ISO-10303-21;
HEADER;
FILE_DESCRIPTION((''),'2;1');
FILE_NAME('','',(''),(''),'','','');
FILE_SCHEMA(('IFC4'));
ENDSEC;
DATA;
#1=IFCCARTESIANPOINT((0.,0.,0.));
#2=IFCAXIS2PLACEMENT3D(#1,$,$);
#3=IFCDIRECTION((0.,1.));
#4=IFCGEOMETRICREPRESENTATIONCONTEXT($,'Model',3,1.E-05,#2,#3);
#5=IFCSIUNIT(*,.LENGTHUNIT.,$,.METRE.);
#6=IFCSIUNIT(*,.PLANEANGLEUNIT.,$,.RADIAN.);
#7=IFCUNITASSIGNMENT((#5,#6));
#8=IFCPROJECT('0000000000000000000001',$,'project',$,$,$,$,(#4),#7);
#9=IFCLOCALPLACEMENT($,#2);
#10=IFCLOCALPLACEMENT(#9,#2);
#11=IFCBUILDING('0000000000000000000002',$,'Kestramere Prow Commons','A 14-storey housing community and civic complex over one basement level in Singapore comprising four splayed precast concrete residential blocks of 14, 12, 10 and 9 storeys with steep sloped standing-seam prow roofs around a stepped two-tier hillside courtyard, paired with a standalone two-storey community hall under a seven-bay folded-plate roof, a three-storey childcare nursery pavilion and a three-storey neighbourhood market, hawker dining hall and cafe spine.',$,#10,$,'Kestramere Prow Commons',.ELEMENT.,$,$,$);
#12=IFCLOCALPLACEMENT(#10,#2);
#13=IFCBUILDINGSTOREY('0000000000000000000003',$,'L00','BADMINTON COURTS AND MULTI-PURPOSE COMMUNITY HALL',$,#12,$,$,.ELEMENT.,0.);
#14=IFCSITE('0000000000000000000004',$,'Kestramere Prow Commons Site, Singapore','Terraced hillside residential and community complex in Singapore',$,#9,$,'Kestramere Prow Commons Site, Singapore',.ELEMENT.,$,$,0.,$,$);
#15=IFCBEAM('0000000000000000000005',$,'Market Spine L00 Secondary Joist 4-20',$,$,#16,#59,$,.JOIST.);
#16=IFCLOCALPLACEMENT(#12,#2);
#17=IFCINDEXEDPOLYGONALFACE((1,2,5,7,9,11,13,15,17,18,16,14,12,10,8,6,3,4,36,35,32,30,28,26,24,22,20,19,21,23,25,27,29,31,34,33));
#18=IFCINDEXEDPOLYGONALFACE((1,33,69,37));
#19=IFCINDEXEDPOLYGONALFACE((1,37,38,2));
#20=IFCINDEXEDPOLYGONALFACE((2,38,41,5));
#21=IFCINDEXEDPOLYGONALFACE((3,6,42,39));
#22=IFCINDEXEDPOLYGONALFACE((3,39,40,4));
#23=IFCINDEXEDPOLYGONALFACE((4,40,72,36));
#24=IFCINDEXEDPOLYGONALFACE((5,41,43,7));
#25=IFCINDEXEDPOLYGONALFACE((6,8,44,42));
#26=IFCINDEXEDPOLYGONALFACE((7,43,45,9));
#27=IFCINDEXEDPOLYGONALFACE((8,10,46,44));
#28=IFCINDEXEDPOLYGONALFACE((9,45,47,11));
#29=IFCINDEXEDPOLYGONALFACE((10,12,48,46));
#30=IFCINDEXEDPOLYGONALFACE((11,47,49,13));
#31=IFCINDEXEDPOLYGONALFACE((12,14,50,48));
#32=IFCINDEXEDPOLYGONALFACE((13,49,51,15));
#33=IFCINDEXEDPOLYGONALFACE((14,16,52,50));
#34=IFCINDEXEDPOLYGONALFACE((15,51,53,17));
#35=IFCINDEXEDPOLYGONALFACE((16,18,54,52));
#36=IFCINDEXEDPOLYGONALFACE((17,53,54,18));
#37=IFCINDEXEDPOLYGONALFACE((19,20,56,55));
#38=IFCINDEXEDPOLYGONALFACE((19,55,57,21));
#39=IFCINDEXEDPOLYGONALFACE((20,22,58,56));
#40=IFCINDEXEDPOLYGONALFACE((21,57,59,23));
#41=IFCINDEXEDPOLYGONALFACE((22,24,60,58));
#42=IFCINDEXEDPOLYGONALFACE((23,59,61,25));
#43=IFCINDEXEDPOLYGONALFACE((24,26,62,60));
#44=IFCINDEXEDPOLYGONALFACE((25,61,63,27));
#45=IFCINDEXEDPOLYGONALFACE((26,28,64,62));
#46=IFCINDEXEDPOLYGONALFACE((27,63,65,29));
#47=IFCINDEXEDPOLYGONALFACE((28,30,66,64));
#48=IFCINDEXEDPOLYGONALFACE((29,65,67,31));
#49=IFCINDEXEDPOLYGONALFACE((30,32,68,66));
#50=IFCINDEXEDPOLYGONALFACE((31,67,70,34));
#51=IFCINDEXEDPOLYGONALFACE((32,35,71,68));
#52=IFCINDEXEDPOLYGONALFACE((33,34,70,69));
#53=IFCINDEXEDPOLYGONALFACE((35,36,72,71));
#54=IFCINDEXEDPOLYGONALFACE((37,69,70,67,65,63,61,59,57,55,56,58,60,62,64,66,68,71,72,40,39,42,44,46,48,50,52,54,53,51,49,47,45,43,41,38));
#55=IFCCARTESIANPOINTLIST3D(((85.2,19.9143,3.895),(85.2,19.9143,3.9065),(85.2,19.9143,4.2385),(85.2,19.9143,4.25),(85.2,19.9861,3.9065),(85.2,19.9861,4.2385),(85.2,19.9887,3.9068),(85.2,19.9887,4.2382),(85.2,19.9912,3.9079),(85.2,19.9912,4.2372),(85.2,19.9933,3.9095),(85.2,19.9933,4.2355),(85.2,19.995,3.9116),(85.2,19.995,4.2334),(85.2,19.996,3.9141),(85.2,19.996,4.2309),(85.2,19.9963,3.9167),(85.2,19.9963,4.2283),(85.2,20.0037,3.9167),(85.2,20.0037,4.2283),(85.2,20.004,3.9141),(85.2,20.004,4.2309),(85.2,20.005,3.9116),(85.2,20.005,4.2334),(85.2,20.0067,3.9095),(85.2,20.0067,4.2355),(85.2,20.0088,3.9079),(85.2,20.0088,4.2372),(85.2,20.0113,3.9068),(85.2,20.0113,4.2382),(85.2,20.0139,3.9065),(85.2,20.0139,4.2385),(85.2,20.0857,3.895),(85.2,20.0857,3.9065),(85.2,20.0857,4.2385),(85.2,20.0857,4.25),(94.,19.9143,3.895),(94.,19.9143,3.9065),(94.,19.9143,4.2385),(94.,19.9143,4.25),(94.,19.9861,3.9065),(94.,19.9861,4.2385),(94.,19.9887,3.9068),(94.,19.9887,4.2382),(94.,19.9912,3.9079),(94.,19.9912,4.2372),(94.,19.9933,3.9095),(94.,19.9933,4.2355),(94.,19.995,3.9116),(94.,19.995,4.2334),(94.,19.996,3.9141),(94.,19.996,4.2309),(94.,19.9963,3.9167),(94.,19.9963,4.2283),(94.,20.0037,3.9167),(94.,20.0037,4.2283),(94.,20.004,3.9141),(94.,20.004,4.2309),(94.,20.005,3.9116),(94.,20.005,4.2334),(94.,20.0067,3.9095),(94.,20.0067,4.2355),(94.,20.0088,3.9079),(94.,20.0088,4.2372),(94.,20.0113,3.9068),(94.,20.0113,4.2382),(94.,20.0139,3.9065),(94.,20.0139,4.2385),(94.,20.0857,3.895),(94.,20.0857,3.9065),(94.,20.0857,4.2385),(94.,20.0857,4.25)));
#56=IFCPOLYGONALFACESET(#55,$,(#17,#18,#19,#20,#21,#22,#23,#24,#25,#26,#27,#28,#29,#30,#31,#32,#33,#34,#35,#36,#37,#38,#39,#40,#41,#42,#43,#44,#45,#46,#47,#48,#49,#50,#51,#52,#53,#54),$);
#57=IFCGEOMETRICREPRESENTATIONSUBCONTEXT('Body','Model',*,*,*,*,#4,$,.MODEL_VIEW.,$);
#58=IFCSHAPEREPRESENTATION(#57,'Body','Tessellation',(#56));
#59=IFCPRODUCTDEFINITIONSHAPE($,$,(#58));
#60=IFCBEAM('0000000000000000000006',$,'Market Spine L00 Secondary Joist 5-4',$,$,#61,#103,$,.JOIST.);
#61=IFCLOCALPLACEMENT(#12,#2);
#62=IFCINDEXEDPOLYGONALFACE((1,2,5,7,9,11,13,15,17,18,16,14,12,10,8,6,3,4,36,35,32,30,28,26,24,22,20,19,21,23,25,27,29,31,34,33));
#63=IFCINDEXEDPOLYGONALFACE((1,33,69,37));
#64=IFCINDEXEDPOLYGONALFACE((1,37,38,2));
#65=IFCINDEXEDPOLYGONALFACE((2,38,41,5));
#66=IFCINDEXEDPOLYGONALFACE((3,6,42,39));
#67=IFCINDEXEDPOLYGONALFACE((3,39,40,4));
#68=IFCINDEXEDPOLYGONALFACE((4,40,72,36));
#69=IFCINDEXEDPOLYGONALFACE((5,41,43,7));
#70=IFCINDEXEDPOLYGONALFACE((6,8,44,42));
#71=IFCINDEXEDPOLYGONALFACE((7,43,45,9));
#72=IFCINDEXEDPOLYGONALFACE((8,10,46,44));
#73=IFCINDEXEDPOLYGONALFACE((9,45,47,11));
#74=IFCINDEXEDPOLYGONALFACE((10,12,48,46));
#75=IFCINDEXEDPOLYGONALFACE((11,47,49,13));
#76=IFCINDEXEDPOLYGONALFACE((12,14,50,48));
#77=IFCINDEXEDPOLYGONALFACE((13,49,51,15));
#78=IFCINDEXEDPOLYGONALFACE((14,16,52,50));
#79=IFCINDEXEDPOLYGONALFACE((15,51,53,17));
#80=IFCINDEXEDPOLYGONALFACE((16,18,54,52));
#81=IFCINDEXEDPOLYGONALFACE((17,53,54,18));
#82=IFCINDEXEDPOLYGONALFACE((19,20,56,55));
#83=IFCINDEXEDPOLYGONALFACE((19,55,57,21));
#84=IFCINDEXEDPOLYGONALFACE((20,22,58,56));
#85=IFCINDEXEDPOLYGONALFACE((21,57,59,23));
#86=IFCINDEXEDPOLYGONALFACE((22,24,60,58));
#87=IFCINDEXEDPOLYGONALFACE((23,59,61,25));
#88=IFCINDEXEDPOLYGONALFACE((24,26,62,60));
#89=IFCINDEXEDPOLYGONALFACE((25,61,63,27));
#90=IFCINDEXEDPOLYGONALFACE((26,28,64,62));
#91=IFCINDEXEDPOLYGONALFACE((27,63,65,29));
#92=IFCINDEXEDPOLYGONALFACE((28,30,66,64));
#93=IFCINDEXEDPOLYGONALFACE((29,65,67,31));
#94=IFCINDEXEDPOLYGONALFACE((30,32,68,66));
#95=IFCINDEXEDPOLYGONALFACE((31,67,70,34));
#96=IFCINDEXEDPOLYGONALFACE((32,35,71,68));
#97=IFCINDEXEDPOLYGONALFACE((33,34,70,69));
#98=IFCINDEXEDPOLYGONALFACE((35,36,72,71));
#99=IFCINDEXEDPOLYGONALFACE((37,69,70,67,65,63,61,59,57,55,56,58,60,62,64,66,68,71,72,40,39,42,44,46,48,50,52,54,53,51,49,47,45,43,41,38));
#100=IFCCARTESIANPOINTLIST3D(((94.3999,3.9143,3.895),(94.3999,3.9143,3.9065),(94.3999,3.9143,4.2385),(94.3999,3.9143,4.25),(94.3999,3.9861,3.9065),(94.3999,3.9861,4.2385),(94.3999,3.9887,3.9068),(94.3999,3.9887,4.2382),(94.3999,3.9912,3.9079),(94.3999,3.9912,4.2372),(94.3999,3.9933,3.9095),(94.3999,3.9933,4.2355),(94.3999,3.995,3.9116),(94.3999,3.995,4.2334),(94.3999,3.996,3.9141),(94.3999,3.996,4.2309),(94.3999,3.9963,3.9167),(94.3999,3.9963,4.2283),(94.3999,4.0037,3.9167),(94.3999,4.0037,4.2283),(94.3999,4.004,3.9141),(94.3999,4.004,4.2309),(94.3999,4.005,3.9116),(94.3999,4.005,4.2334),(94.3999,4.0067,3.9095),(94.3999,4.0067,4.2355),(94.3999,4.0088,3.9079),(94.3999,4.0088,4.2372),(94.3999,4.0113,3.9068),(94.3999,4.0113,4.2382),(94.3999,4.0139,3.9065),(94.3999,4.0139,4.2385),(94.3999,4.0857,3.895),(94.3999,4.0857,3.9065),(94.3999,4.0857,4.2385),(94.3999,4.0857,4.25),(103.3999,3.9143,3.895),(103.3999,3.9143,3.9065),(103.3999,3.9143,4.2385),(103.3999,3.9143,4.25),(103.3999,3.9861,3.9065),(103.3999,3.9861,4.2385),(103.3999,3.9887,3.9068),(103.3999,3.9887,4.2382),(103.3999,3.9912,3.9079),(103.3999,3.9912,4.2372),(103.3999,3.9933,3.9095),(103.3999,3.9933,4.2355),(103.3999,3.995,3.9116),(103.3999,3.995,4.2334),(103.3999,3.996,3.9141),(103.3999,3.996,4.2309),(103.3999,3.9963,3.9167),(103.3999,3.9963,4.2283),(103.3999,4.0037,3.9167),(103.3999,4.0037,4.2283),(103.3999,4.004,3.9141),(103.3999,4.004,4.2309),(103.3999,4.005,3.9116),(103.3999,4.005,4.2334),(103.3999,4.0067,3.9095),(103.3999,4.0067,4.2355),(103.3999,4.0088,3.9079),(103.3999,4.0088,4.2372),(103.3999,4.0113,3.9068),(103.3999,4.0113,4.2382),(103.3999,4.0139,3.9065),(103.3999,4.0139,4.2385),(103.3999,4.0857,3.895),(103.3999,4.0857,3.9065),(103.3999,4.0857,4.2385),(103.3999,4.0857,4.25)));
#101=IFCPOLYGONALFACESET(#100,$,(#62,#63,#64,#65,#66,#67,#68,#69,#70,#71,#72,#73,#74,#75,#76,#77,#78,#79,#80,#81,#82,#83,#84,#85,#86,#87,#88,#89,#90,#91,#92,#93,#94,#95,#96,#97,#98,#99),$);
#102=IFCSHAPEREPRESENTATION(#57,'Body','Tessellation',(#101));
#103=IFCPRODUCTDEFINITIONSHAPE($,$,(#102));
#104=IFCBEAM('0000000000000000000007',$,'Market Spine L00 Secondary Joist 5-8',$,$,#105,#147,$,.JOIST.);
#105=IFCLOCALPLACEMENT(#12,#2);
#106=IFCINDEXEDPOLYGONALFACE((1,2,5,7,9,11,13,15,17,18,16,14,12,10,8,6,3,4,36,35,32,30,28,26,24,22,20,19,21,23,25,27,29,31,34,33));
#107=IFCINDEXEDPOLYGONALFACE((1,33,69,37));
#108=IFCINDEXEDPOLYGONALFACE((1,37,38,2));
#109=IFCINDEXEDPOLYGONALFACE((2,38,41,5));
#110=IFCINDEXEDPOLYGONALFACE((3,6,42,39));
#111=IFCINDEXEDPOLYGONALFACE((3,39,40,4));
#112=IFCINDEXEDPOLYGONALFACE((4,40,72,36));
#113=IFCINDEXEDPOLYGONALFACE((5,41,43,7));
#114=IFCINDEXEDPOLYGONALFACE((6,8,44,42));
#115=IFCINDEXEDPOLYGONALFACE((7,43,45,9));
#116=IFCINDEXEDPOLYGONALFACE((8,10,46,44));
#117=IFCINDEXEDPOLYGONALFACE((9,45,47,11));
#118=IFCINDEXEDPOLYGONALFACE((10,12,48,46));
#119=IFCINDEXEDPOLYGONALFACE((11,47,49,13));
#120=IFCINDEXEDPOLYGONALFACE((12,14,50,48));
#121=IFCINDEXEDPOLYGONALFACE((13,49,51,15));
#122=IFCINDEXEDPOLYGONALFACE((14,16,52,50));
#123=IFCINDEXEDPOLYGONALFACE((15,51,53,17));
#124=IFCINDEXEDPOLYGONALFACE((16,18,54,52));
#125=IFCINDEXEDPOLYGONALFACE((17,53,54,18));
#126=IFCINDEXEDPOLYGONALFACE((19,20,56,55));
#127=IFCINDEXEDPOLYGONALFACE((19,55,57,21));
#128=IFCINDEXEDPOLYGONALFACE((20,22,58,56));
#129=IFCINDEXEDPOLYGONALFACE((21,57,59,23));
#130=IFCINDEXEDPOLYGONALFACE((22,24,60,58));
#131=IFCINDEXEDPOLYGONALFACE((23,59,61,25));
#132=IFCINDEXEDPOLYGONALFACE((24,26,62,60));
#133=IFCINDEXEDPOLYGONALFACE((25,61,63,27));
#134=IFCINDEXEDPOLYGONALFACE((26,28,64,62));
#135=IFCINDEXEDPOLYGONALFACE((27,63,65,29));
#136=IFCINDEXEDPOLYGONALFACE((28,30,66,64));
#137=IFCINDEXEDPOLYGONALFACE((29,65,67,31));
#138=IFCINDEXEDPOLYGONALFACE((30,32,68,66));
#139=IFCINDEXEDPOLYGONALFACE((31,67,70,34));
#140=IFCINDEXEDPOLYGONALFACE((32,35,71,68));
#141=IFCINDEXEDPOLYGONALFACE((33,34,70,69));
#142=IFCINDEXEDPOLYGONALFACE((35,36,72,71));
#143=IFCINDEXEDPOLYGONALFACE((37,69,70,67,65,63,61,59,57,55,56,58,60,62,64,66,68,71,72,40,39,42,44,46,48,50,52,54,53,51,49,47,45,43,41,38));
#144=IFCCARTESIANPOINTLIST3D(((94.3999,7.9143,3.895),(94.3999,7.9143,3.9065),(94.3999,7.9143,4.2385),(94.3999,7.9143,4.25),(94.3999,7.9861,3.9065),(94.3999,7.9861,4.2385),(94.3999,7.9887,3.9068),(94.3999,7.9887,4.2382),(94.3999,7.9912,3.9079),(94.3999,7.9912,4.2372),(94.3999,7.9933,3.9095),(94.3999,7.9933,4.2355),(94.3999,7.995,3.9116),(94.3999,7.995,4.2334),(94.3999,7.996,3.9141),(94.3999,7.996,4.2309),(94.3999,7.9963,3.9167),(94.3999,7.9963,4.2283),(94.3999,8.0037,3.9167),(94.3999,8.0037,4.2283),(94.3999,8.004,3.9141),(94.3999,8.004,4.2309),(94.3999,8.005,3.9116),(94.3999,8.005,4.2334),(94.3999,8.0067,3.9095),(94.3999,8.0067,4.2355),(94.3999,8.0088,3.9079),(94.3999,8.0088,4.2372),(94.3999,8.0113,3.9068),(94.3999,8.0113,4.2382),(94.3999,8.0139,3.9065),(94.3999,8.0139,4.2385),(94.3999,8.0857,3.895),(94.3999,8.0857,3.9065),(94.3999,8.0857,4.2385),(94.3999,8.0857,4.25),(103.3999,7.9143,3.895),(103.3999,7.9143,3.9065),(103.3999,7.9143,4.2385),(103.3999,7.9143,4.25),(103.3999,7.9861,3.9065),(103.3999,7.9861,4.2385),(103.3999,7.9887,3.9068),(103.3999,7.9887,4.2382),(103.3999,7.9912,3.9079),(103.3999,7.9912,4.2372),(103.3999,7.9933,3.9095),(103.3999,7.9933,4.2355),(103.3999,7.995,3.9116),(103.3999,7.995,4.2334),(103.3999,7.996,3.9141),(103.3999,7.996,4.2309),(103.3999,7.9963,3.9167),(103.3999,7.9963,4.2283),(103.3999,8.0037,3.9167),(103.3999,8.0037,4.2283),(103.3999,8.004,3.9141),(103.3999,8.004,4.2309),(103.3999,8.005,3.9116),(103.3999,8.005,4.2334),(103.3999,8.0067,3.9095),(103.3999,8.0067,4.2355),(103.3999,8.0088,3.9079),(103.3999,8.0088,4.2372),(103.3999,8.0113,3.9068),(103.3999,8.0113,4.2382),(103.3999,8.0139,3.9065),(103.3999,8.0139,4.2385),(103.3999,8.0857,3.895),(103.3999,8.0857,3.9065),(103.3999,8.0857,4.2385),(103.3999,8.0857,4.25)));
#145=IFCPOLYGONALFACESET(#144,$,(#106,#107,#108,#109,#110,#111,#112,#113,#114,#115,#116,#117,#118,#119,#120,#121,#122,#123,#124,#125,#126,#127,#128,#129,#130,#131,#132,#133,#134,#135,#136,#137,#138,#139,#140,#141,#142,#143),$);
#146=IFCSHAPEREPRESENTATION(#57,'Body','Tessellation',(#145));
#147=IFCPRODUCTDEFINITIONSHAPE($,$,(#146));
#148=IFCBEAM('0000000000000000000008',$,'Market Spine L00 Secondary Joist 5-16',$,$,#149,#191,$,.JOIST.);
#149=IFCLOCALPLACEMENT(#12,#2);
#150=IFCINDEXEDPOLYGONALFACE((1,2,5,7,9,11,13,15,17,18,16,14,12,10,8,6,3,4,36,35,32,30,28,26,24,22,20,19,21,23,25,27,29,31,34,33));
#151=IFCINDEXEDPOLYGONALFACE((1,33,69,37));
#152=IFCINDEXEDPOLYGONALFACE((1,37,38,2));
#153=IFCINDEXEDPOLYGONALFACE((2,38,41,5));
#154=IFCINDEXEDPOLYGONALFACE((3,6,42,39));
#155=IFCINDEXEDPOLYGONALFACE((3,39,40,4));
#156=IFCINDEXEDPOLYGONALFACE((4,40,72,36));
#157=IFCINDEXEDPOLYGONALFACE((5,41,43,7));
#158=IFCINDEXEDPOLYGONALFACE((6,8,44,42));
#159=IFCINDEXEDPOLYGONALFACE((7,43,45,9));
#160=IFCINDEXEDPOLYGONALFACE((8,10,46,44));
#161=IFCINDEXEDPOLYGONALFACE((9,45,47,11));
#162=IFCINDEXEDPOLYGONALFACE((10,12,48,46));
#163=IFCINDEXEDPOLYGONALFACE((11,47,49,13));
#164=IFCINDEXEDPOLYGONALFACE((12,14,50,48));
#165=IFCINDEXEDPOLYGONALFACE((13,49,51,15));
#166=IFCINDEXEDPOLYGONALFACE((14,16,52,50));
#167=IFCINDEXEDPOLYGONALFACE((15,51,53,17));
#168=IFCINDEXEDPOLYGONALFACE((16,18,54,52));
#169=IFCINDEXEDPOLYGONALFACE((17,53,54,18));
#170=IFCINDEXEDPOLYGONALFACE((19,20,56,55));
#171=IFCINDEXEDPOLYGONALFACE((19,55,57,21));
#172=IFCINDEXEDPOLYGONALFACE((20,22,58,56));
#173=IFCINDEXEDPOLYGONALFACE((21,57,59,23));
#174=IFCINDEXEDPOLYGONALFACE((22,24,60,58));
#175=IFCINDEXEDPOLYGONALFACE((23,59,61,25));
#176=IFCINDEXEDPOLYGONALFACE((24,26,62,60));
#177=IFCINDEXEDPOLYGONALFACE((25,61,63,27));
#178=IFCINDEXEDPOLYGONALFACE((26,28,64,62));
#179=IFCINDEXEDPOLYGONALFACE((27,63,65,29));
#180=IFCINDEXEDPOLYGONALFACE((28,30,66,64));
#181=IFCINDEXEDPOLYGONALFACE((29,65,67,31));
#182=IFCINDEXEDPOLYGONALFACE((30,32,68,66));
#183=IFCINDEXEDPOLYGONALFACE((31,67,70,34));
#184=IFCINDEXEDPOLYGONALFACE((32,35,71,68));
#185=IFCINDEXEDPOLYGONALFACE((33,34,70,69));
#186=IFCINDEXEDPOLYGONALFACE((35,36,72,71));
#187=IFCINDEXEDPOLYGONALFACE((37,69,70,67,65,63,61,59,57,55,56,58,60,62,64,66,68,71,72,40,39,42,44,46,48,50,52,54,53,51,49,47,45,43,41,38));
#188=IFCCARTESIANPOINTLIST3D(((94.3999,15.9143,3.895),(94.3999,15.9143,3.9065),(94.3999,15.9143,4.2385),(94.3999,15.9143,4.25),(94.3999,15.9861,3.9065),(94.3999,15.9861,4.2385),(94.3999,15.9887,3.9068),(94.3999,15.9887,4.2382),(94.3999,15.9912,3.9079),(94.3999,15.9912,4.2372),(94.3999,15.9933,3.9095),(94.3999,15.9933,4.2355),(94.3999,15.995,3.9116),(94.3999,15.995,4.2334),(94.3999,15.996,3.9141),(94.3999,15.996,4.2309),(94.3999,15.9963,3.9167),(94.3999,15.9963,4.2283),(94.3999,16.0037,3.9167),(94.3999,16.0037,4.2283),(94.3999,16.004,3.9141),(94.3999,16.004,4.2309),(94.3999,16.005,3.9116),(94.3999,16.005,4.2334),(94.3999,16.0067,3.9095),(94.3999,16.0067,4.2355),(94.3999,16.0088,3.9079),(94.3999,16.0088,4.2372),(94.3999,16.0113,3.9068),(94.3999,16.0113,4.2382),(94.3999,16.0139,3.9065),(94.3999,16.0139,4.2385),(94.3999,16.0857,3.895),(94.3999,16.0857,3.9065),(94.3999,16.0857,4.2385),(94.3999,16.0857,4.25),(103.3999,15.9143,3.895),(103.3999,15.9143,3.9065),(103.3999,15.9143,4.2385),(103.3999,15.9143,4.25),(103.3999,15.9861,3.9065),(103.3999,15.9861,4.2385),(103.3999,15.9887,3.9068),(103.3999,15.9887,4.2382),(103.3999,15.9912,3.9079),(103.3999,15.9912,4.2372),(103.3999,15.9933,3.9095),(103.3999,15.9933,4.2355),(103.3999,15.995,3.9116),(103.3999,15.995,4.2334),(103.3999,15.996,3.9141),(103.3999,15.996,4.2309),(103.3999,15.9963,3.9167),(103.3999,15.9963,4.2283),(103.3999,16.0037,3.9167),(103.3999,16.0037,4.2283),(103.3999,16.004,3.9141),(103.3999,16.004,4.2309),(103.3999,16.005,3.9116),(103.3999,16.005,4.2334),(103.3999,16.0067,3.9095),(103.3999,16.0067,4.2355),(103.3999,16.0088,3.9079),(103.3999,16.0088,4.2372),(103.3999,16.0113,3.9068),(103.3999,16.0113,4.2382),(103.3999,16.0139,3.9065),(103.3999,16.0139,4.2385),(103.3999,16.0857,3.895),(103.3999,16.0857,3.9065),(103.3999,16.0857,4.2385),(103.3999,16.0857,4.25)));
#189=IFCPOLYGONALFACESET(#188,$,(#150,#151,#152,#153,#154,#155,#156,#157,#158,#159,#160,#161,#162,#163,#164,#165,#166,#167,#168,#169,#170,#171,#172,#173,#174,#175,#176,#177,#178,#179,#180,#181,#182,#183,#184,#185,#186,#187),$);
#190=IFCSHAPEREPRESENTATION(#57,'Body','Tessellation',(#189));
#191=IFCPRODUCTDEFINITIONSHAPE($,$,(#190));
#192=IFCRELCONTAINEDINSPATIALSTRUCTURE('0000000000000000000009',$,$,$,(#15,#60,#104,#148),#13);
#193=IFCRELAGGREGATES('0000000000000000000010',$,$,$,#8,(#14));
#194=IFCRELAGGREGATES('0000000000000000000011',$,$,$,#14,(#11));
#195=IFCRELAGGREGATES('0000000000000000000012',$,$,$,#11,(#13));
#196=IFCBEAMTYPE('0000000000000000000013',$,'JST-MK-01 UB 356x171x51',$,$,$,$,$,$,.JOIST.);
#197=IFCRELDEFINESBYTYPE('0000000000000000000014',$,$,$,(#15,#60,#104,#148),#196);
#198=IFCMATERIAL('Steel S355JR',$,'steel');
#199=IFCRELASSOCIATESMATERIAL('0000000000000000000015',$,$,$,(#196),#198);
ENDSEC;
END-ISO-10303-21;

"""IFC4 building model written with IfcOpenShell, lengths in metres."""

from ifc_helpers import new_model, si_unit, direction, frame, origin, origin_2d, place, context, subcontext, project, spatial, i_section, extrude, material, material_profile, profile_set, type_object, element, save


model = new_model("IFC4")

# Units and contexts
model_context = context("Model", 3, precision=1e-05, world=origin(), true_north=direction((0.0, 1.0)))
body_context = subcontext(model_context, "Body", "Model", "MODEL_VIEW")
ifc_project = project(units=[si_unit("LENGTHUNIT", "METRE"), si_unit("PLANEANGLEUNIT", "RADIAN")], contexts=[model_context])

# Site, building, storey
site_placement = place(None, origin())
site = spatial("IfcSite", under=ifc_project, at=site_placement, Name="Kestramere Prow Commons Site, Singapore", Description="Terraced hillside residential and community complex in Singapore", LongName="Kestramere Prow Commons Site, Singapore", CompositionType="ELEMENT", RefElevation=0.0)
building_placement = place(site_placement, origin())
building = spatial("IfcBuilding", under=site, at=building_placement, Name="Kestramere Prow Commons", Description="A 14-storey housing community and civic complex over one basement level in Singapore comprising four splayed precast concrete residential blocks of 14, 12, 10 and 9 storeys with steep sloped standing-seam prow roofs around a stepped two-tier hillside courtyard, paired with a standalone two-storey community hall under a seven-bay folded-plate roof, a three-storey childcare nursery pavilion and a three-storey neighbourhood market, hawker dining hall and cafe spine.", LongName="Kestramere Prow Commons", CompositionType="ELEMENT")
storey_placement = place(building_placement, origin())
storey = spatial("IfcBuildingStorey", under=building, at=storey_placement, Name="L00", Description="BADMINTON COURTS AND MULTI-PURPOSE COMMUNITY HALL", CompositionType="ELEMENT", Elevation=0.0)

# Beams
ifc_material_1 = material(Name="Steel S355JR", Category="steel")
ifc_material_profile_1 = material_profile(ifc_material_1, i_section(OverallWidth=0.1714, OverallDepth=0.355, WebThickness=0.0073, FlangeThickness=0.0115, FilletRadius=0.0103, at=origin_2d()), Name="UB 356x171x51")
ifc_profile_set_1 = profile_set([ifc_material_profile_1], Name="Steel S355JR")
beam_type_1 = type_object("IfcBeamType", Name="JST-MK-01 UB 356x171x51", PredefinedType="JOIST", material=ifc_profile_set_1)
for number, where, z_axis, x_axis, name in (
    (1, (85.2, 20.0, 4.0725), (1.0, 0.0, 0.0), (0.0, 1.0, 0.0), "Market Spine L00 Secondary Joist 4-20"),
):
    element("IfcBeam", number, at=place(storey_placement, frame(where, z_axis=z_axis, x_axis=x_axis)), inside=storey, type_object=beam_type_1, Name=name, PredefinedType="JOIST", context=body_context, shape_type="SweptSolid", body=[
        extrude(i_section(OverallWidth=0.1714, OverallDepth=0.355, WebThickness=0.0073, FlangeThickness=0.0115, FilletRadius=0.0103, at=origin_2d()), origin(), (0.0, 0.0, 1.0), 8.8),
    ])
for number, where, z_axis, x_axis, name in (
    (2, (94.3999, 4.0, 4.0725), (1.0, 0.0, 0.0), (0.0, 1.0, 0.0), "Market Spine L00 Secondary Joist 5-4"),
    (3, (94.3999, 8.0, 4.0725), (1.0, 0.0, 0.0), (0.0, 1.0, 0.0), "Market Spine L00 Secondary Joist 5-8"),
    (4, (94.3999, 16.0, 4.0725), (1.0, 0.0, 0.0), (0.0, 1.0, 0.0), "Market Spine L00 Secondary Joist 5-16"),
):
    element("IfcBeam", number, at=place(storey_placement, frame(where, z_axis=z_axis, x_axis=x_axis)), inside=storey, type_object=beam_type_1, Name=name, PredefinedType="JOIST", context=body_context, shape_type="SweptSolid", body=[
        extrude(i_section(OverallWidth=0.1714, OverallDepth=0.355, WebThickness=0.0073, FlangeThickness=0.0115, FilletRadius=0.0103, at=origin_2d()), origin(), (0.0, 0.0, 1.0), 9.0),
    ])

save(model, "model.ifc")
